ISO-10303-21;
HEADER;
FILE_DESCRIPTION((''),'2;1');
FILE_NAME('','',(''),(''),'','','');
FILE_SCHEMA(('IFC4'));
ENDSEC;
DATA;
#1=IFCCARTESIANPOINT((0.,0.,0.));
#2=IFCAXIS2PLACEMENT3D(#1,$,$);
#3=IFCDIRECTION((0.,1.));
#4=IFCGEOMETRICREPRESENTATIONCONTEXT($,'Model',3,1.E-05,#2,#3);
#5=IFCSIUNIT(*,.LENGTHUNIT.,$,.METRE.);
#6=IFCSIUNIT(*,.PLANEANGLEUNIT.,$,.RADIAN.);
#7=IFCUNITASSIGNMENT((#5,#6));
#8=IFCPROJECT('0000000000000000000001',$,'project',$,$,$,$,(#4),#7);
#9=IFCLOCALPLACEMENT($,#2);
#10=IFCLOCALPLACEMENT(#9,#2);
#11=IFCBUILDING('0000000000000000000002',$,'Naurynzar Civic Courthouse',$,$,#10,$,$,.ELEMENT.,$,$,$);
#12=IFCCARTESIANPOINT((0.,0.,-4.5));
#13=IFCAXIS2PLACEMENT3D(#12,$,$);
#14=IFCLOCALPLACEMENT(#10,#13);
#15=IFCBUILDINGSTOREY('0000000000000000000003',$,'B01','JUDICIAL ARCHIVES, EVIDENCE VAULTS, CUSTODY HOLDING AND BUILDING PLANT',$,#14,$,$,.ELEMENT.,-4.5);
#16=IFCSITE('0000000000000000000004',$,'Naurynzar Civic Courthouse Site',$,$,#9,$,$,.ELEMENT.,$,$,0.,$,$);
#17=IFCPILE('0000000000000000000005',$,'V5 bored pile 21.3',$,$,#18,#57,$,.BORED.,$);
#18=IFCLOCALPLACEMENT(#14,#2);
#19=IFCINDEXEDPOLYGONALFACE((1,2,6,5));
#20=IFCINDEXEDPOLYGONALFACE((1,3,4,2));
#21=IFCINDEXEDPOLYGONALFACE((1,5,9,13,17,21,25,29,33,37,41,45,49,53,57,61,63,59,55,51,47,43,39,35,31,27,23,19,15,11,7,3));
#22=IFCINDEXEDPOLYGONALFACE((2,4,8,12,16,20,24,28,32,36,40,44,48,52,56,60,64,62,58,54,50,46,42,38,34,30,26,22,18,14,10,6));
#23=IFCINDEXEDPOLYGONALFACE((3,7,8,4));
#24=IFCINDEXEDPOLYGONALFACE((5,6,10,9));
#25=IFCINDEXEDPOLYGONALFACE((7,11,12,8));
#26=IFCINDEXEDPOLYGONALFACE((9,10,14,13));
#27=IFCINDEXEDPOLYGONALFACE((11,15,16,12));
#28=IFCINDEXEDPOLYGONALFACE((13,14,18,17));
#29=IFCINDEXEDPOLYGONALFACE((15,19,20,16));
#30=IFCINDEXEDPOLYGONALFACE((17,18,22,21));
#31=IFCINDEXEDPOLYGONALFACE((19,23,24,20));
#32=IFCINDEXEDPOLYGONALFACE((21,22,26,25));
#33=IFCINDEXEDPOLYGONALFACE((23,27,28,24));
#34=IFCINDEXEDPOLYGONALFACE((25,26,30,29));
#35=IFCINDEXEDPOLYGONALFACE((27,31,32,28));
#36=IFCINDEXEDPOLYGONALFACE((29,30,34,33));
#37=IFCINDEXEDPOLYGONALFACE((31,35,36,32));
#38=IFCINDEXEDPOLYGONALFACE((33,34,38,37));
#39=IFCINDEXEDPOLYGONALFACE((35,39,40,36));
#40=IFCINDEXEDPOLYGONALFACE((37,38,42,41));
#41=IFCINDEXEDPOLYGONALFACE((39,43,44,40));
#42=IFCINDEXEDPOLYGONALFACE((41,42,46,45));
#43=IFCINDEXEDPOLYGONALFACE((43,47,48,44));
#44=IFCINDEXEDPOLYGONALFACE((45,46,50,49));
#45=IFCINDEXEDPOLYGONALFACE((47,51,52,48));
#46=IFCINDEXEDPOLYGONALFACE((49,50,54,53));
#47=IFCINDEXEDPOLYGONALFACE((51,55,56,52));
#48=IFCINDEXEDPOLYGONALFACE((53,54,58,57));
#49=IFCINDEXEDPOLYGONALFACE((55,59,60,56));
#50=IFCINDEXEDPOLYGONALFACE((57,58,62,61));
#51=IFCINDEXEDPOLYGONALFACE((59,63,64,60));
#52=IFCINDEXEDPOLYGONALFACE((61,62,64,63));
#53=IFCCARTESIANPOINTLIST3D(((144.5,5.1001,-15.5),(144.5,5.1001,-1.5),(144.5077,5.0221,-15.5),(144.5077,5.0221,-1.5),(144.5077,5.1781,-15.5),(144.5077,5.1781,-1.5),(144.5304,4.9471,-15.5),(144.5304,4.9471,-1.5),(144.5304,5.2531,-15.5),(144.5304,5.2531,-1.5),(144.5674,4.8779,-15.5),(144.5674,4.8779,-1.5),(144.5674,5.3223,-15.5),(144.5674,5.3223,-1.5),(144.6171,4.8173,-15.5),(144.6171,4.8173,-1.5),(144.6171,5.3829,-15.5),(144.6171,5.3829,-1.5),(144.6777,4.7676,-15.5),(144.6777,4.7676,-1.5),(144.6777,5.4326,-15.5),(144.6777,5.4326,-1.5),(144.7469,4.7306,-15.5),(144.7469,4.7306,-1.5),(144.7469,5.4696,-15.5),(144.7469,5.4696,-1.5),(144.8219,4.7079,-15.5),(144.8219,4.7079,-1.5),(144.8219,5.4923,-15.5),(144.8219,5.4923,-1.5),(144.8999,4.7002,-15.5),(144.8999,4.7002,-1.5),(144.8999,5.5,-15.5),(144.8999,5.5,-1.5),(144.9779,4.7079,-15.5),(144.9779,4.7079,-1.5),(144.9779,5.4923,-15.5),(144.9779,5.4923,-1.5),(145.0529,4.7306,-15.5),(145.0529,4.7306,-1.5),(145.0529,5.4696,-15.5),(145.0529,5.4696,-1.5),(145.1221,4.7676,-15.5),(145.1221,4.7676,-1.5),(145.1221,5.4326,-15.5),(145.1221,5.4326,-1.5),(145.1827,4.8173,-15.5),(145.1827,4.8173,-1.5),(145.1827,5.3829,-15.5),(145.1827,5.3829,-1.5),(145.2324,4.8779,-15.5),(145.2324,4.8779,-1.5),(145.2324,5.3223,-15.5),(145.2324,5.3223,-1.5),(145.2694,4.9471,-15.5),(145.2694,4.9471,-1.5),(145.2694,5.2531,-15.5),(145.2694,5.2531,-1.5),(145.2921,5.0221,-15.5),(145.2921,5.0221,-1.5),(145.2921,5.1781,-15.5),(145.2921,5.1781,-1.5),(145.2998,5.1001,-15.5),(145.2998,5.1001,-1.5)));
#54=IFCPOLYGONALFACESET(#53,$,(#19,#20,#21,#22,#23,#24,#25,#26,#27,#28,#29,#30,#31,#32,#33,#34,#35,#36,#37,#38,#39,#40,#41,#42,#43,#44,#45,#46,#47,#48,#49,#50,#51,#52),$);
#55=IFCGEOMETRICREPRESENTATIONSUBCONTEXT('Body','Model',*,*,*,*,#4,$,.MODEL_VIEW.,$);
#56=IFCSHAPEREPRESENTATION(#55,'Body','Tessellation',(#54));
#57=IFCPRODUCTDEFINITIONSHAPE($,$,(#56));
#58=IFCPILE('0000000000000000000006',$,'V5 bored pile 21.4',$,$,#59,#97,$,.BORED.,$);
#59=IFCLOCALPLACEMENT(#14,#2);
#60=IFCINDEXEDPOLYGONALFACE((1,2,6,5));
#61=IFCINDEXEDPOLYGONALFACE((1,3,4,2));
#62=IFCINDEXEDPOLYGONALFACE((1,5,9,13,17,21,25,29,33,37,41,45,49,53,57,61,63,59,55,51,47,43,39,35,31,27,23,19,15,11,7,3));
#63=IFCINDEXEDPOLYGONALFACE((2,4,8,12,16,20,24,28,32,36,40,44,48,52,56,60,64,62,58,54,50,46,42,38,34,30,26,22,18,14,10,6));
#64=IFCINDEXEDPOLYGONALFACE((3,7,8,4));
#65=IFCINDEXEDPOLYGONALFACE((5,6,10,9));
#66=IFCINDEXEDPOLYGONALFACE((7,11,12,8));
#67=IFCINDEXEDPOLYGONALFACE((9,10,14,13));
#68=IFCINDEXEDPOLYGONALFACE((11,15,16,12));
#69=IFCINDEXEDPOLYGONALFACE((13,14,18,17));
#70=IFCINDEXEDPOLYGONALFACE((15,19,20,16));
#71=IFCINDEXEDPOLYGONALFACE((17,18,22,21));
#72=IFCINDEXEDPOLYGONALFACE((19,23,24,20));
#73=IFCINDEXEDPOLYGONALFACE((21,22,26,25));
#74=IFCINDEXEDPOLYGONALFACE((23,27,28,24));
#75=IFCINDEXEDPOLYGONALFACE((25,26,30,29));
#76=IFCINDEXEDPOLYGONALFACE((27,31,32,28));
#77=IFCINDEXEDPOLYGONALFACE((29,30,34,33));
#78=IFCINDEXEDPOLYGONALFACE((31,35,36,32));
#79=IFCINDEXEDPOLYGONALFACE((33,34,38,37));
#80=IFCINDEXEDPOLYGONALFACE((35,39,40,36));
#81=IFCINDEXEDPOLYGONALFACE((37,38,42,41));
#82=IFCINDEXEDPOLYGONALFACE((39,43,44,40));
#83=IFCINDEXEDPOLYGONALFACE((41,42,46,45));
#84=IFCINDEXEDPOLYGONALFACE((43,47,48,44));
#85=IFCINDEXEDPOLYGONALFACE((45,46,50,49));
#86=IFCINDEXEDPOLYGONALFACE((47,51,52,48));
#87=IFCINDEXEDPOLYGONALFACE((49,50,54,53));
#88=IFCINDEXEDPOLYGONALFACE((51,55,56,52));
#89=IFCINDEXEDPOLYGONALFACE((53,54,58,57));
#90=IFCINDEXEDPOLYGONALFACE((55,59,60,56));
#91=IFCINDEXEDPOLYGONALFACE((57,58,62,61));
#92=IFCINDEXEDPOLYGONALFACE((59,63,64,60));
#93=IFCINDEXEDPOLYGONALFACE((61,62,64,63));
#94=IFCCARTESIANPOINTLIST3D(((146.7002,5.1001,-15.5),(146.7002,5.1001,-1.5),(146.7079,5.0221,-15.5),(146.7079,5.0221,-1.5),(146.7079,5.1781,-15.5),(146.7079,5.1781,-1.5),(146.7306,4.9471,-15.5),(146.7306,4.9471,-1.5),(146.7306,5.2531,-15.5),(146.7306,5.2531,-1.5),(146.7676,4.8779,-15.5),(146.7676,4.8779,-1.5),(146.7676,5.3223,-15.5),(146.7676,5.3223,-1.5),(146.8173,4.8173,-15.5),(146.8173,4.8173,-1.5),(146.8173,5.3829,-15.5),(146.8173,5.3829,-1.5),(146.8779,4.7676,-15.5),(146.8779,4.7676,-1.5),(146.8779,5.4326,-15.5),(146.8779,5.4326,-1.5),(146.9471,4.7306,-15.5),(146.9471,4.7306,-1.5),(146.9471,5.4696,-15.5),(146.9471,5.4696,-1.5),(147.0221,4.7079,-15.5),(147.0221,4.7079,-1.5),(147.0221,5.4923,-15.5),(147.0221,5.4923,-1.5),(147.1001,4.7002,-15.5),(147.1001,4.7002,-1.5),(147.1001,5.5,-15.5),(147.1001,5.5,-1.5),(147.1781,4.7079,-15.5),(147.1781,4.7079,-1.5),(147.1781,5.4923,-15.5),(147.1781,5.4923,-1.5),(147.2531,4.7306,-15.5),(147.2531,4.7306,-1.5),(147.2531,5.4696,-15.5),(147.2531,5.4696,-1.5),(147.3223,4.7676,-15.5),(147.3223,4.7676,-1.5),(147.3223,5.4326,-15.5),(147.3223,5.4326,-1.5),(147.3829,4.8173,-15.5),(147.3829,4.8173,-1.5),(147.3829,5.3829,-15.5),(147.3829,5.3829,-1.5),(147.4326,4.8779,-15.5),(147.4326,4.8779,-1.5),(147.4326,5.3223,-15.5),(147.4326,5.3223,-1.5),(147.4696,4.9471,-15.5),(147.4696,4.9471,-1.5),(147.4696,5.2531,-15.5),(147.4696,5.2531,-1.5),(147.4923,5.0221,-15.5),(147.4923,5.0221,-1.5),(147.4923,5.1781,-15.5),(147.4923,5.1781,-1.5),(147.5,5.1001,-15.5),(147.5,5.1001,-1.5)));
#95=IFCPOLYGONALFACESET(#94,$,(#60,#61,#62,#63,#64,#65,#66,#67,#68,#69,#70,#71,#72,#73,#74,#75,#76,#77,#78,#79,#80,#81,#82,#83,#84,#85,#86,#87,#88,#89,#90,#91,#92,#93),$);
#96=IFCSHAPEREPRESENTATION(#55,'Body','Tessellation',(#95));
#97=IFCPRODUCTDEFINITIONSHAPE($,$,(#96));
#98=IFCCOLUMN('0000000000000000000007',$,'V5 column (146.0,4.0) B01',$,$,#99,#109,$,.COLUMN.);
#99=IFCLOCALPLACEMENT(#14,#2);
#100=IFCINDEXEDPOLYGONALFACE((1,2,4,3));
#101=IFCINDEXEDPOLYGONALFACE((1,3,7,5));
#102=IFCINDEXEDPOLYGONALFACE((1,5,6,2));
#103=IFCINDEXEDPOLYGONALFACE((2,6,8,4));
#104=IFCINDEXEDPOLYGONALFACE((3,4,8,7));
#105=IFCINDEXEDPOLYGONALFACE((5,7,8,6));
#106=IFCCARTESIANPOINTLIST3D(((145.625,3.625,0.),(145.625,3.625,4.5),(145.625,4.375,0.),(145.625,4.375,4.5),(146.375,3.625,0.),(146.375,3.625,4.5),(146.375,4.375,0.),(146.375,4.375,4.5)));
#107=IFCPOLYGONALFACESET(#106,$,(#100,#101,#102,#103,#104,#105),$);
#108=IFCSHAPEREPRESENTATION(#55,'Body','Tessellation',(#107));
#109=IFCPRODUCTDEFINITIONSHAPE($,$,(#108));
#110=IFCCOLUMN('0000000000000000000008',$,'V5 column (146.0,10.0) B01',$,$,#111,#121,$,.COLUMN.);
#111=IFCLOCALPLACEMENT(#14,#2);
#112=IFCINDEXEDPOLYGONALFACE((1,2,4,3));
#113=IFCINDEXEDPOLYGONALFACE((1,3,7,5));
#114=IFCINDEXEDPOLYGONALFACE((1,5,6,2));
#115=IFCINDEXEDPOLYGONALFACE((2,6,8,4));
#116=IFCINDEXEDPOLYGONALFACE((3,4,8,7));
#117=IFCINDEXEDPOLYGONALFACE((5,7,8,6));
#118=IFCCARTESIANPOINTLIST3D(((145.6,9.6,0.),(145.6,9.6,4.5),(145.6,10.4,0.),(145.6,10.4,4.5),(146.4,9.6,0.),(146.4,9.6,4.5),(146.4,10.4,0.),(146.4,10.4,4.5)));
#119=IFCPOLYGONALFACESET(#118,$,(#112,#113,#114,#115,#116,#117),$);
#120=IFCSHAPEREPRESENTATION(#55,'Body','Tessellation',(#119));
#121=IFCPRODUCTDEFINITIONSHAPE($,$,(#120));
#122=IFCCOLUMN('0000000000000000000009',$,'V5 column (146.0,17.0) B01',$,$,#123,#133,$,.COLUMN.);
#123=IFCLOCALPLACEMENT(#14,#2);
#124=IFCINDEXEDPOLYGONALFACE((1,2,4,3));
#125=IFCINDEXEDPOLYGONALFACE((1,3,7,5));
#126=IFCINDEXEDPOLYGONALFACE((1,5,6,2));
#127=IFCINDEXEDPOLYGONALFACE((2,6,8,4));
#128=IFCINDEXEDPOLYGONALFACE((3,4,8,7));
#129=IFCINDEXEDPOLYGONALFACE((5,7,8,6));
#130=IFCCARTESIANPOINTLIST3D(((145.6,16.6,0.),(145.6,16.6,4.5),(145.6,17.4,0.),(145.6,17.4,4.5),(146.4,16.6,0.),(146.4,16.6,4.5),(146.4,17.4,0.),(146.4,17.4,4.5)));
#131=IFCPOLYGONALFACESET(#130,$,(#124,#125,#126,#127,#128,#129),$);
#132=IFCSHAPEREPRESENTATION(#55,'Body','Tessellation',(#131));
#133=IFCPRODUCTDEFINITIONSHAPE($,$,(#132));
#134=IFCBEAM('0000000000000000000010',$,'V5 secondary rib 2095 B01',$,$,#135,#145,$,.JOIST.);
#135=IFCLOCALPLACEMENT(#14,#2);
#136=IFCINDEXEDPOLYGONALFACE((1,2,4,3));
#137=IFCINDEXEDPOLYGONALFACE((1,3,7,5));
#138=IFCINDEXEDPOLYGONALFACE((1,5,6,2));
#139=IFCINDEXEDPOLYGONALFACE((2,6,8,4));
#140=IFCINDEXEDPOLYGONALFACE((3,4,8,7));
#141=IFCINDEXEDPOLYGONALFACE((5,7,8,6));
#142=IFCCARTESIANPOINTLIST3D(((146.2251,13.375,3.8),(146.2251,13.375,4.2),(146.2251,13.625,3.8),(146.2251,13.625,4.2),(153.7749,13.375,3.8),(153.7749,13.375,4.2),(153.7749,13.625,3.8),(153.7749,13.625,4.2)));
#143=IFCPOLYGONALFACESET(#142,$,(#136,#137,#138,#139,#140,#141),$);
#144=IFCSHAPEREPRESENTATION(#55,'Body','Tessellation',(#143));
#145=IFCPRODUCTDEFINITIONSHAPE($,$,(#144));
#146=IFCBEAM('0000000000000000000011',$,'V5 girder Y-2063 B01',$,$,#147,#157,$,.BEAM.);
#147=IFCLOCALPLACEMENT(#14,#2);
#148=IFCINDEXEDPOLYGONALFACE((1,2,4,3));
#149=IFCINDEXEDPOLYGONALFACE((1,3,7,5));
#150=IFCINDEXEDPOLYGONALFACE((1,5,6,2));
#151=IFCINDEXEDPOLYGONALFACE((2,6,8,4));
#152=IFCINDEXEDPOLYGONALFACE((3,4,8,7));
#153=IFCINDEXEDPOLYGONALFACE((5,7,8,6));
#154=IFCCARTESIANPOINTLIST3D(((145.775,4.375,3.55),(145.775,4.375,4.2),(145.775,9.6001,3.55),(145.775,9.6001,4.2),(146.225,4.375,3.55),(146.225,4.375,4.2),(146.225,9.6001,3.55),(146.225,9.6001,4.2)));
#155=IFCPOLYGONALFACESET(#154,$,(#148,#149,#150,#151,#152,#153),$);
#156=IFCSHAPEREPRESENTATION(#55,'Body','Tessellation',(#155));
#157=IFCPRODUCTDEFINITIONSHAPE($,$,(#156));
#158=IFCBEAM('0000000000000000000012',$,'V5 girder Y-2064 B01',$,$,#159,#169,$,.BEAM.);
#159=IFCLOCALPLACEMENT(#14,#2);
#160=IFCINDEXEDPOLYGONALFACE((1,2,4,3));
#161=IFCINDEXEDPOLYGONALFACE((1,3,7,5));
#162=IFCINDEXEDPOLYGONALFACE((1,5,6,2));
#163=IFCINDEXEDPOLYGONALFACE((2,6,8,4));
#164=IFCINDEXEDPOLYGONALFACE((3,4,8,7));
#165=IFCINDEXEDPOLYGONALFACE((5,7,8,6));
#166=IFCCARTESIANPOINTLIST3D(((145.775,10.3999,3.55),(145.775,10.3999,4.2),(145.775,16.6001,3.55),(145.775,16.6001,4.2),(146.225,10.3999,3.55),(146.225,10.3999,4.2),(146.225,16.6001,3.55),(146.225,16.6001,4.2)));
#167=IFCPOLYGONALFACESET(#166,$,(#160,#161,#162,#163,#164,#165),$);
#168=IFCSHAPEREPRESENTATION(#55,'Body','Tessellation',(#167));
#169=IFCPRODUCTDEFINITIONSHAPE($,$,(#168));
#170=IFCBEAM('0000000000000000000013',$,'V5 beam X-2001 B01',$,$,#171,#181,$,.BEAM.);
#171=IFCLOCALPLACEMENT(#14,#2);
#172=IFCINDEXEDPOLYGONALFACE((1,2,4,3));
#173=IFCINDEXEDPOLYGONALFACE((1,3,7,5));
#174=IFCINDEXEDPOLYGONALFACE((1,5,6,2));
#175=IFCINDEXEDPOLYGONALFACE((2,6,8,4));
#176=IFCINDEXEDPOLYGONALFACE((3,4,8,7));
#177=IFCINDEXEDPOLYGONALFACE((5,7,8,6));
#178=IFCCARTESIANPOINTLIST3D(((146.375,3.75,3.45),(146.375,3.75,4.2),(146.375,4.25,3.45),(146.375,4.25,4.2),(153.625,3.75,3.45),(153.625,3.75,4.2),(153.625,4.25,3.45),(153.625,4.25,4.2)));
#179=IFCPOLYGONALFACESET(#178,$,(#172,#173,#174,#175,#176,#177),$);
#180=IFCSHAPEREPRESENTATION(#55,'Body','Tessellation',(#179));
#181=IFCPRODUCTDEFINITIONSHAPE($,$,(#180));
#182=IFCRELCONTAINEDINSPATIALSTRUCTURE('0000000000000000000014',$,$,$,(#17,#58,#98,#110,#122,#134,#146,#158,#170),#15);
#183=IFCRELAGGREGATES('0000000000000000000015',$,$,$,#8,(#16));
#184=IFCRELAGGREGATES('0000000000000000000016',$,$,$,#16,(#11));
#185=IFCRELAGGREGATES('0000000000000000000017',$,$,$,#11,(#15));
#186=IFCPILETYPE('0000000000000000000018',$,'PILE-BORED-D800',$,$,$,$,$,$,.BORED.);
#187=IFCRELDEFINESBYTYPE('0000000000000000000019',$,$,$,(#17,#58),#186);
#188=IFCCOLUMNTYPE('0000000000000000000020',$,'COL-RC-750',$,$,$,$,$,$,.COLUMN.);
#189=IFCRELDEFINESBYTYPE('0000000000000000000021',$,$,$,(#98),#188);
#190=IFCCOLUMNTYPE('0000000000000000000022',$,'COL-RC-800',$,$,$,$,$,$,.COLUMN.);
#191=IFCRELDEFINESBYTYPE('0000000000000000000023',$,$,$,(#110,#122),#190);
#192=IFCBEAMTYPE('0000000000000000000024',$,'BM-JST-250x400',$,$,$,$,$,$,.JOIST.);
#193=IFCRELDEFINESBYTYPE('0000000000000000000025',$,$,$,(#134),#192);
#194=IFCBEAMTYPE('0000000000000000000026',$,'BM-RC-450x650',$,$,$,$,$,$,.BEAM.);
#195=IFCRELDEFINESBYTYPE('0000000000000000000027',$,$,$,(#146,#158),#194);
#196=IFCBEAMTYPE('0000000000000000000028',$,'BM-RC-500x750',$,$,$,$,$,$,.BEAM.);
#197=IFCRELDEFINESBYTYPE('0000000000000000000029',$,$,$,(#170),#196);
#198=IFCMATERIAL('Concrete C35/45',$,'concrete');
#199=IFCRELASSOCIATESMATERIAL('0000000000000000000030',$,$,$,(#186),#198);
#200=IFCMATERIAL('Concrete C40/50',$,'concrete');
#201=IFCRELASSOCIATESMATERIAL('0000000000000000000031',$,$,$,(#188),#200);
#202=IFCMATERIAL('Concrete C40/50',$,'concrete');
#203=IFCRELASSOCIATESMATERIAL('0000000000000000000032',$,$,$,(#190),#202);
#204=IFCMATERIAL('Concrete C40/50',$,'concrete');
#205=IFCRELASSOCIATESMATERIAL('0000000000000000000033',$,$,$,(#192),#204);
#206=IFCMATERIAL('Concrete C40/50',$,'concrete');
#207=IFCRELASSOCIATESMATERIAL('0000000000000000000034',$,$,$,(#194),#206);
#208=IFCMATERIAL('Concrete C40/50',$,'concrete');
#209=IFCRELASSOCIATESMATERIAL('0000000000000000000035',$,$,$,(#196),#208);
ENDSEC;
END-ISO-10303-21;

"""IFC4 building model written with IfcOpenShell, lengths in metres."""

from ifc_helpers import new_model, si_unit, direction, frame, origin, origin_2d, place, context, subcontext, project, spatial, rectangle, circle, extrude, material, material_profile, profile_set, type_object, element, save


model = new_model("IFC4")

# Units and contexts
model_context = context("Model", 3, precision=1e-05, world=origin(), true_north=direction((0.0, 1.0)))
body_context = subcontext(model_context, "Body", "Model", "MODEL_VIEW")
ifc_project = project(units=[si_unit("LENGTHUNIT", "METRE"), si_unit("PLANEANGLEUNIT", "RADIAN")], contexts=[model_context])

# Site, building, storey
site_placement = place(None, origin())
site = spatial("IfcSite", under=ifc_project, at=site_placement, Name="Naurynzar Civic Courthouse Site", CompositionType="ELEMENT", RefElevation=0.0)
building_placement = place(site_placement, origin())
building = spatial("IfcBuilding", under=site, at=building_placement, Name="Naurynzar Civic Courthouse", CompositionType="ELEMENT")
storey_placement = place(building_placement, frame((0.0, 0.0, -4.5)))
storey = spatial("IfcBuildingStorey", under=building, at=storey_placement, Name="B01", Description="JUDICIAL ARCHIVES, EVIDENCE VAULTS, CUSTODY HOLDING AND BUILDING PLANT", CompositionType="ELEMENT", Elevation=-4.5)

# Piles
ifc_material_1 = material(Name="Concrete C35/45", Category="concrete")
ifc_material_profile_1 = material_profile(ifc_material_1, circle(Radius=0.3999, at=origin_2d()), Name="PILE D800")
ifc_profile_set_1 = profile_set([ifc_material_profile_1], Name="Concrete C35/45")
pile_type_1 = type_object("IfcPileType", Name="PILE-BORED-D800", PredefinedType="BORED", material=ifc_profile_set_1)
for number, where, z_axis, x_axis, name in (
    (1, (144.8999, 5.1001, -1.5), (0.0, 0.0, -1.0), (1.0, 0.0, 0.0), "V5 bored pile 21.3"),
    (2, (147.1001, 5.1001, -1.5), (0.0, 0.0, -1.0), (1.0, 0.0, 0.0), "V5 bored pile 21.4"),
):
    element("IfcPile", number, at=place(storey_placement, frame(where, z_axis=z_axis, x_axis=x_axis)), inside=storey, type_object=pile_type_1, Name=name, PredefinedType="BORED", context=body_context, shape_type="SweptSolid", body=[
        extrude(circle(Radius=0.3999, at=origin_2d()), origin(), (0.0, 0.0, 1.0), 14.0),
    ])

# Columns
ifc_material_2 = material(Name="Concrete C40/50", Category="concrete")
ifc_material_profile_2 = material_profile(ifc_material_2, rectangle(XDim=0.75, YDim=0.75, at=origin_2d()), Name="RC 750x750")
ifc_profile_set_2 = profile_set([ifc_material_profile_2], Name="Concrete C40/50")
column_type_1 = type_object("IfcColumnType", Name="COL-RC-750", PredefinedType="COLUMN", material=ifc_profile_set_2)
column_placement = place(storey_placement, frame((146.0, 4.0, 0.0), z_axis=(0.0, 0.0, 1.0), x_axis=(1.0, 0.0, 0.0)))
element("IfcColumn", 3, at=column_placement, inside=storey, type_object=column_type_1, Name="V5 column (146.0,4.0) B01", PredefinedType="COLUMN", context=body_context, shape_type="SweptSolid", body=[
    extrude(rectangle(XDim=0.75, YDim=0.75, at=origin_2d()), origin(), (0.0, 0.0, 1.0), 4.5),
])
ifc_material_3 = material(Name="Concrete C40/50", Category="concrete")
ifc_material_profile_3 = material_profile(ifc_material_3, rectangle(XDim=0.8, YDim=0.8, at=origin_2d()), Name="RC 800x800")
ifc_profile_set_3 = profile_set([ifc_material_profile_3], Name="Concrete C40/50")
column_type_2 = type_object("IfcColumnType", Name="COL-RC-800", PredefinedType="COLUMN", material=ifc_profile_set_3)
for number, where, z_axis, x_axis, name in (
    (4, (146.0, 10.0, 0.0), (0.0, 0.0, 1.0), (1.0, 0.0, 0.0), "V5 column (146.0,10.0) B01"),
    (5, (146.0, 17.0, 0.0), (0.0, 0.0, 1.0), (1.0, 0.0, 0.0), "V5 column (146.0,17.0) B01"),
):
    element("IfcColumn", number, at=place(storey_placement, frame(where, z_axis=z_axis, x_axis=x_axis)), inside=storey, type_object=column_type_2, Name=name, PredefinedType="COLUMN", context=body_context, shape_type="SweptSolid", body=[
        extrude(rectangle(XDim=0.8, YDim=0.8, at=origin_2d()), origin(), (0.0, 0.0, 1.0), 4.5),
    ])

# Beams
ifc_material_4 = material(Name="Concrete C40/50", Category="concrete")
ifc_material_profile_4 = material_profile(ifc_material_4, rectangle(XDim=0.25, YDim=0.3999, at=origin_2d()), Name="RCB 250x400")
ifc_profile_set_4 = profile_set([ifc_material_profile_4], Name="Concrete C40/50")
beam_type_1 = type_object("IfcBeamType", Name="BM-JST-250x400", PredefinedType="JOIST", material=ifc_profile_set_4)
beam_1_placement = place(storey_placement, frame((146.2251, 13.5, 4.0), z_axis=(1.0, 0.0, 0.0), x_axis=(0.0, 1.0, 0.0)))
element("IfcBeam", 6, at=beam_1_placement, inside=storey, type_object=beam_type_1, Name="V5 secondary rib 2095 B01", PredefinedType="JOIST", context=body_context, shape_type="SweptSolid", body=[
    extrude(rectangle(XDim=0.25, YDim=0.3999, at=origin_2d()), origin(), (0.0, 0.0, 1.0), 7.5498),
])
ifc_material_5 = material(Name="Concrete C40/50", Category="concrete")
ifc_material_profile_5 = material_profile(ifc_material_5, rectangle(XDim=0.45, YDim=0.6499, at=origin_2d()), Name="RCB 450x650")
ifc_profile_set_5 = profile_set([ifc_material_profile_5], Name="Concrete C40/50")
beam_type_2 = type_object("IfcBeamType", Name="BM-RC-450x650", PredefinedType="BEAM", material=ifc_profile_set_5)
beam_2_placement = place(storey_placement, frame((146.0, 4.375, 3.875), z_axis=(0.0, 1.0, 0.0), x_axis=(-1.0, 0.0, 0.0)))
element("IfcBeam", 7, at=beam_2_placement, inside=storey, type_object=beam_type_2, Name="V5 girder Y-2063 B01", PredefinedType="BEAM", context=body_context, shape_type="SweptSolid", body=[
    extrude(rectangle(XDim=0.45, YDim=0.6499, at=origin_2d()), origin(), (0.0, 0.0, 1.0), 5.2251),
])
beam_3_placement = place(storey_placement, frame((146.0, 10.3999, 3.875), z_axis=(0.0, 1.0, 0.0), x_axis=(-1.0, 0.0, 0.0)))
element("IfcBeam", 8, at=beam_3_placement, inside=storey, type_object=beam_type_2, Name="V5 girder Y-2064 B01", PredefinedType="BEAM", context=body_context, shape_type="SweptSolid", body=[
    extrude(rectangle(XDim=0.45, YDim=0.6499, at=origin_2d()), origin(), (0.0, 0.0, 1.0), 6.2002),
])
ifc_material_6 = material(Name="Concrete C40/50", Category="concrete")
ifc_material_profile_6 = material_profile(ifc_material_6, rectangle(XDim=0.5, YDim=0.75, at=origin_2d()), Name="RCB 500x750")
ifc_profile_set_6 = profile_set([ifc_material_profile_6], Name="Concrete C40/50")
beam_type_3 = type_object("IfcBeamType", Name="BM-RC-500x750", PredefinedType="BEAM", material=ifc_profile_set_6)
beam_4_placement = place(storey_placement, frame((146.375, 4.0, 3.825), z_axis=(1.0, 0.0, 0.0), x_axis=(0.0, 1.0, 0.0)))
element("IfcBeam", 9, at=beam_4_placement, inside=storey, type_object=beam_type_3, Name="V5 beam X-2001 B01", PredefinedType="BEAM", context=body_context, shape_type="SweptSolid", body=[
    extrude(rectangle(XDim=0.5, YDim=0.75, at=origin_2d()), origin(), (0.0, 0.0, 1.0), 7.25),
])

save(model, "model.ifc")
